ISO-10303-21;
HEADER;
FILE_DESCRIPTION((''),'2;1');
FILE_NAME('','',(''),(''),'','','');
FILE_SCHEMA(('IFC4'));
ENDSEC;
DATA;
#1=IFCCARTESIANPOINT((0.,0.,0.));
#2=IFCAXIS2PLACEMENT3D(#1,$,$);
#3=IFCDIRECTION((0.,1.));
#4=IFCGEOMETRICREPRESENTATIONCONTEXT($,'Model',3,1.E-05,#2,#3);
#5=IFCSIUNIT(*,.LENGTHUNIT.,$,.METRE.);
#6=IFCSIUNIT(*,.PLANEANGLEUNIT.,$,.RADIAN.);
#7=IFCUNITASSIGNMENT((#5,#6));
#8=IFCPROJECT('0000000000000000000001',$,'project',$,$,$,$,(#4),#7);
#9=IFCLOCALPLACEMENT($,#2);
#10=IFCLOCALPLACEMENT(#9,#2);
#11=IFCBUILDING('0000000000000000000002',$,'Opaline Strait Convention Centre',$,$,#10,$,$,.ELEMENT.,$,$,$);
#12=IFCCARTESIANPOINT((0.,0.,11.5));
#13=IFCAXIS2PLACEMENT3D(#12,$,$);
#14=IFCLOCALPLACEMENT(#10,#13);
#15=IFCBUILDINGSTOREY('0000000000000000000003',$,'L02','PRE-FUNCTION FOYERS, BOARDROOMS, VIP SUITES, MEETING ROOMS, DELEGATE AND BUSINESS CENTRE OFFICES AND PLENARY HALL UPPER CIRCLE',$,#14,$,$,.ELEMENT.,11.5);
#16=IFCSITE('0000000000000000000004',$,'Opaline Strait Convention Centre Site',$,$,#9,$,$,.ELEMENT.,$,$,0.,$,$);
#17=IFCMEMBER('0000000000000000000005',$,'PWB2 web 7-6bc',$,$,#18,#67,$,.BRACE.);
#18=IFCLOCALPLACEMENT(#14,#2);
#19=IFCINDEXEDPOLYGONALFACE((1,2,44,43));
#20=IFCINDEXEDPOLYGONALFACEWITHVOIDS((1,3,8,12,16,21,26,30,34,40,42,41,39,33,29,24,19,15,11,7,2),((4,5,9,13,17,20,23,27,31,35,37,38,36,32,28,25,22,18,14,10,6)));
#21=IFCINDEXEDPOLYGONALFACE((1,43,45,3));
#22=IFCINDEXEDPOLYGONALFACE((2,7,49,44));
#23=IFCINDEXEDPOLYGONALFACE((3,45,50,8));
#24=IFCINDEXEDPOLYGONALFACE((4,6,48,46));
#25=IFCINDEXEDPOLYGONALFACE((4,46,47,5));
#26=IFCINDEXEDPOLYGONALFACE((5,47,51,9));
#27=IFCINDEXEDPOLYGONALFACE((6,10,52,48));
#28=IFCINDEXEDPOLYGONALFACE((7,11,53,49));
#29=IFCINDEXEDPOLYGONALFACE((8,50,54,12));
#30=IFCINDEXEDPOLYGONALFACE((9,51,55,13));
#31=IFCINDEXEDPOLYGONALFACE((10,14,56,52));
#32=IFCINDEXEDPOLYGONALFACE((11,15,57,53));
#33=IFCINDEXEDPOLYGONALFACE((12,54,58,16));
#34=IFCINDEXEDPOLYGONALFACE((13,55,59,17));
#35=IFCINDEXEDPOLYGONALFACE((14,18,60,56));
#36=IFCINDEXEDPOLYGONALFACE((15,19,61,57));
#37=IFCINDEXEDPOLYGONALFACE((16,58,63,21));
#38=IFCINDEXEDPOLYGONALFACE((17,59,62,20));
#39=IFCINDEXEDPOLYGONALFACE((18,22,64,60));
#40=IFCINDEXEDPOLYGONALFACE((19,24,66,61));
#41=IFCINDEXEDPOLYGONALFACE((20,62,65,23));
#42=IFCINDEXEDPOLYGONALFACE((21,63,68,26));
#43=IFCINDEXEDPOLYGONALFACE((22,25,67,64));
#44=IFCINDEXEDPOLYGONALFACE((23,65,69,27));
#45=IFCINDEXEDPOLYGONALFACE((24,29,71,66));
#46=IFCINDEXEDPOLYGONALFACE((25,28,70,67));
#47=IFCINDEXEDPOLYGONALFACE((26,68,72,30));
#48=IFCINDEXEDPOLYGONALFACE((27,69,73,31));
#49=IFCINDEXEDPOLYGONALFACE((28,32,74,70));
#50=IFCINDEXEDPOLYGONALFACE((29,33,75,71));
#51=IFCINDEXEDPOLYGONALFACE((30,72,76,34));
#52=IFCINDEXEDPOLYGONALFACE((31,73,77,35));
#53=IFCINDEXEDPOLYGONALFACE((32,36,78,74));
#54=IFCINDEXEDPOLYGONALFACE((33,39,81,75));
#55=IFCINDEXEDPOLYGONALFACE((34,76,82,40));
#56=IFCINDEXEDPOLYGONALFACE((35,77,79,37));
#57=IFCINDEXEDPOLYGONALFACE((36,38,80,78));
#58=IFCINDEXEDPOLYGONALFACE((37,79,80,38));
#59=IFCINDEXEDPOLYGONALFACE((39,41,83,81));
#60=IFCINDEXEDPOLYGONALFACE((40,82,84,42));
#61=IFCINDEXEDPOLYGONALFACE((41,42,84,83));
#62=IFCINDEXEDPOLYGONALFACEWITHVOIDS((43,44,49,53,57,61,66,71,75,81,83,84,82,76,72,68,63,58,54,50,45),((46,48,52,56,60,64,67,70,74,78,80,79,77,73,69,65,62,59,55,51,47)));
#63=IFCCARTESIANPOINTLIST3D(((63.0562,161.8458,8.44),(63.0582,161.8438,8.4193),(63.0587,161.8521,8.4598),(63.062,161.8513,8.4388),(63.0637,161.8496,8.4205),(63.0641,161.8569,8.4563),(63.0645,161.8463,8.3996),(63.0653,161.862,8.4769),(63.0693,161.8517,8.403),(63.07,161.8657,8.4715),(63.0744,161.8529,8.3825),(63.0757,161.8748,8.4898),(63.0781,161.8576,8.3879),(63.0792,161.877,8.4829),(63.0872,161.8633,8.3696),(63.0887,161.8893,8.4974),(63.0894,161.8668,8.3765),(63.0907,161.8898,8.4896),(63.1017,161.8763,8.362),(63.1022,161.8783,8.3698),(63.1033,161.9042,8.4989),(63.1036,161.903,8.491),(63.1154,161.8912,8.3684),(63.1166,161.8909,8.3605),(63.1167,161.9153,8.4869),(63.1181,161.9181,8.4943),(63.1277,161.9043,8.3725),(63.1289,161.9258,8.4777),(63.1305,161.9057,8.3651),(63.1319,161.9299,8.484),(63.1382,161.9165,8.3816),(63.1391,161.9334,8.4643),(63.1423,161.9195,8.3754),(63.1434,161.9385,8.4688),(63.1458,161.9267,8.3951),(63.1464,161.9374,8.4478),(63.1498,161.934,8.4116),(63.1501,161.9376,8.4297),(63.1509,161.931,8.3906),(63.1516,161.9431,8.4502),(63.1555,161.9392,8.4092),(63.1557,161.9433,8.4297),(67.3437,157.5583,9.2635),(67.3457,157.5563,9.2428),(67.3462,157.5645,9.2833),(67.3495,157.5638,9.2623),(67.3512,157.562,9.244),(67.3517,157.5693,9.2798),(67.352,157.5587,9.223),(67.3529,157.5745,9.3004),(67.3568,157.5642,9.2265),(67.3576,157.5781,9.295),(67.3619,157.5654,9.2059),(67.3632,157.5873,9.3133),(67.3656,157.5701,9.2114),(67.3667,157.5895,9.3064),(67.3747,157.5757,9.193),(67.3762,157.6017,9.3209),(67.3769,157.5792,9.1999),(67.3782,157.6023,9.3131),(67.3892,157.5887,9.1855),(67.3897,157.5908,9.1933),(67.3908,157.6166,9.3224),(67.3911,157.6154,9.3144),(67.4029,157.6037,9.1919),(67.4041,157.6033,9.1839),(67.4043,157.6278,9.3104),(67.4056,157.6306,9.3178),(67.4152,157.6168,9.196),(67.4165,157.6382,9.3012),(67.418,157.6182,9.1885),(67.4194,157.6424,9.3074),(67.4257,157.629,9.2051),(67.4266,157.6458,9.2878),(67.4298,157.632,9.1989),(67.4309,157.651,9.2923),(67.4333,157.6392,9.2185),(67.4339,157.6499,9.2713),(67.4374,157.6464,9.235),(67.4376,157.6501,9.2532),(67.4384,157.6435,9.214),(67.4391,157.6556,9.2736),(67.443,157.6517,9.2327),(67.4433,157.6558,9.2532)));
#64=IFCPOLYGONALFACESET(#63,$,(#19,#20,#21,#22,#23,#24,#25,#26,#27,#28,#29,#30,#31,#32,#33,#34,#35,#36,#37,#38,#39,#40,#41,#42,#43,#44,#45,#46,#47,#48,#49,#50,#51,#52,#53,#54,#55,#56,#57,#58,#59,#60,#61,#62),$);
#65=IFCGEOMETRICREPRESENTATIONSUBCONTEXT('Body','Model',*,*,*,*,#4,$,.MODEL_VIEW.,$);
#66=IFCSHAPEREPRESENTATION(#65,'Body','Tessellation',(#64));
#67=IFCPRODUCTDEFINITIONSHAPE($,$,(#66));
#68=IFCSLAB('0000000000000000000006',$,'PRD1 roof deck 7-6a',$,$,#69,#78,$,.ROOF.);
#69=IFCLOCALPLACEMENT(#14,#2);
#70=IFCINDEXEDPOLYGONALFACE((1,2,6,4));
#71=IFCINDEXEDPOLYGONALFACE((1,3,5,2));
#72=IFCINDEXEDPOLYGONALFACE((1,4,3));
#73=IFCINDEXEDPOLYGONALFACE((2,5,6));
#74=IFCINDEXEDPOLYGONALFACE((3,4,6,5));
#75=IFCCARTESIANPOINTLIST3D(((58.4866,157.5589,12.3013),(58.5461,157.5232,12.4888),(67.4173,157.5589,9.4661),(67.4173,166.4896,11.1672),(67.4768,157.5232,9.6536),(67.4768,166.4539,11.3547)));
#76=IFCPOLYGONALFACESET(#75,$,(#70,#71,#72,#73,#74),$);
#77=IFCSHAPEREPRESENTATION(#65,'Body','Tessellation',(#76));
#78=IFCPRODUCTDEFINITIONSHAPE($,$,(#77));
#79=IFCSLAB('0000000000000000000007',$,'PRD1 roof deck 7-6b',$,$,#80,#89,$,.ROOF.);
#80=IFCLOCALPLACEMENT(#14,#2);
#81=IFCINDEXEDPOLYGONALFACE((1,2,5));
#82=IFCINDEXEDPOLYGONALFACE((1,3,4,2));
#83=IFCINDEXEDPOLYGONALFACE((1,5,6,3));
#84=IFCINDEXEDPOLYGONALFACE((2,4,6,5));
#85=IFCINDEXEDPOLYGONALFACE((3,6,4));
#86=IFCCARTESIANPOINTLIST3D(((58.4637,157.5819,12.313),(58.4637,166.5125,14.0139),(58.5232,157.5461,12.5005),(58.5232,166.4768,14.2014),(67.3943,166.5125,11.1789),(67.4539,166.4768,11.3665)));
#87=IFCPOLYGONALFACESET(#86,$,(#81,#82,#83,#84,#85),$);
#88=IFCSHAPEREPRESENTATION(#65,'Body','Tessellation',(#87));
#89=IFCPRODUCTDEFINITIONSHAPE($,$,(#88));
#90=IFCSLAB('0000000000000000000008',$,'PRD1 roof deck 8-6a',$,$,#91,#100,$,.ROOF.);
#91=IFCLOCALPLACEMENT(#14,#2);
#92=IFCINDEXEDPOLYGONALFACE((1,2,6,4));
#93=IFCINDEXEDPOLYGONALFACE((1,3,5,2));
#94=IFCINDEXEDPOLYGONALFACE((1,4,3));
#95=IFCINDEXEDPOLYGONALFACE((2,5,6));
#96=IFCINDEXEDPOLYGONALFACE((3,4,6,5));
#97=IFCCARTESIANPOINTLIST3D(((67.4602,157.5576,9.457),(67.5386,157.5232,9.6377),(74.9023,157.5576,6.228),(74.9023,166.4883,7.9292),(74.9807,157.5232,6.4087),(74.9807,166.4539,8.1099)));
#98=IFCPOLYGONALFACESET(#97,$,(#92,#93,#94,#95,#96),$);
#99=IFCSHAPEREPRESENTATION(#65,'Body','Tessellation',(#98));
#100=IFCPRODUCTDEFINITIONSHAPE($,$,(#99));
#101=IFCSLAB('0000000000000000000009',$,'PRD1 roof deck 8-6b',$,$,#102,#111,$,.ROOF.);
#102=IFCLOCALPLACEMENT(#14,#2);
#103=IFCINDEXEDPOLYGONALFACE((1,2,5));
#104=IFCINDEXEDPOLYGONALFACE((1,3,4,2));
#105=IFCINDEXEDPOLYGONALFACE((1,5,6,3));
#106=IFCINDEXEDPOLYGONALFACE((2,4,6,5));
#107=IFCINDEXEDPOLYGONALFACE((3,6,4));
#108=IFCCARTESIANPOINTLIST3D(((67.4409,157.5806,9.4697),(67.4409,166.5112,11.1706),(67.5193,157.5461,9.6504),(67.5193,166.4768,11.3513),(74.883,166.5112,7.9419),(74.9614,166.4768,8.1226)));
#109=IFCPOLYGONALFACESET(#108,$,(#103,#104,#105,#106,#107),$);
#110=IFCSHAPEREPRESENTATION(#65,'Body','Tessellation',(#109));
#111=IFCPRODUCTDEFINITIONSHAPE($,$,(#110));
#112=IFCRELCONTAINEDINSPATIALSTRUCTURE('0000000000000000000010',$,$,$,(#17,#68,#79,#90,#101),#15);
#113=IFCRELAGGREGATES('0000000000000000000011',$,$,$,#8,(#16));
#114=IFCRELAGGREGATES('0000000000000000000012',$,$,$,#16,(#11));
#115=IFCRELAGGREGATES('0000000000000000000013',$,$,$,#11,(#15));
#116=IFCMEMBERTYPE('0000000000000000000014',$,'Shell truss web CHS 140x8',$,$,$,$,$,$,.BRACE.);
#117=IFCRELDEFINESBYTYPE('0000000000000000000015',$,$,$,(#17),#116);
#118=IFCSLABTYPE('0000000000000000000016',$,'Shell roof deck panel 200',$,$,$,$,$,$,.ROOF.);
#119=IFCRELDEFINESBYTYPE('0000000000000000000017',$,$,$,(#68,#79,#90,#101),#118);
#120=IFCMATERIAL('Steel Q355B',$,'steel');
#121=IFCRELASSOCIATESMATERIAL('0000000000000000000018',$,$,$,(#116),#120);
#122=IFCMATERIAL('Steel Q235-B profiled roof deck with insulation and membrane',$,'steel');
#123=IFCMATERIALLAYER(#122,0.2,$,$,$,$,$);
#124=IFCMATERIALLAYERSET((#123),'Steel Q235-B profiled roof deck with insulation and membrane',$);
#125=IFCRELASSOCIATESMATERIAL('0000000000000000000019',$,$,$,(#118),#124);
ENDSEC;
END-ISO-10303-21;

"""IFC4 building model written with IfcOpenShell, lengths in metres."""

from ifc_helpers import new_model, si_unit, direction, frame, origin, origin_2d, place, context, subcontext, project, spatial, polyline, hollow_circle, outline, extrude, material, layer, layer_set, material_profile, profile_set, type_object, element, save


model = new_model("IFC4")

# Units and contexts
model_context = context("Model", 3, precision=1e-05, world=origin(), true_north=direction((0.0, 1.0)))
body_context = subcontext(model_context, "Body", "Model", "MODEL_VIEW")
ifc_project = project(units=[si_unit("LENGTHUNIT", "METRE"), si_unit("PLANEANGLEUNIT", "RADIAN")], contexts=[model_context])

# Site, building, storey
site_placement = place(None, origin())
site = spatial("IfcSite", under=ifc_project, at=site_placement, Name="Opaline Strait Convention Centre Site", CompositionType="ELEMENT", RefElevation=0.0)
building_placement = place(site_placement, origin())
building = spatial("IfcBuilding", under=site, at=building_placement, Name="Opaline Strait Convention Centre", CompositionType="ELEMENT")
storey_placement = place(building_placement, frame((0.0, 0.0, 11.5)))
storey = spatial("IfcBuildingStorey", under=building, at=storey_placement, Name="L02", Description="PRE-FUNCTION FOYERS, BOARDROOMS, VIP SUITES, MEETING ROOMS, DELEGATE AND BUSINESS CENTRE OFFICES AND PLENARY HALL UPPER CIRCLE", CompositionType="ELEMENT", Elevation=11.5)

# Member
ifc_material_1 = material(Name="Steel Q355B", Category="steel")
ifc_material_profile_1 = material_profile(ifc_material_1, hollow_circle(Radius=0.0701, WallThickness=0.0081, at=origin_2d()), Name="CHS 140x8")
ifc_profile_set_1 = profile_set([ifc_material_profile_1], Name="Steel Q355B")
member_type_1 = type_object("IfcMemberType", Name="Shell truss web CHS 140x8", PredefinedType="BRACE", material=ifc_profile_set_1)
member_1_placement = place(storey_placement, frame((63.1062, 161.8938, 8.4297), z_axis=(0.700675, -0.700675, 0.134573), x_axis=(0.707107, 0.707107, 0.0)))
element("IfcMember", 1, at=member_1_placement, inside=storey, type_object=member_type_1, Name="PWB2 web 7-6bc", PredefinedType="BRACE", context=body_context, shape_type="SweptSolid", body=[
    extrude(hollow_circle(Radius=0.0701, WallThickness=0.0081, at=origin_2d()), origin(), (0.0, 0.0, 1.0), 6.1191),
])

# Slabs
ifc_material_2 = material(Name="Steel Q235-B profiled roof deck with insulation and membrane", Category="steel")
ifc_layer = layer(ifc_material_2, 0.2)
ifc_layer_set = layer_set([ifc_layer], Name="Steel Q235-B profiled roof deck with insulation and membrane")
slab_type = type_object("IfcSlabType", Name="Shell roof deck panel 200", PredefinedType="ROOF", material=ifc_layer_set)
slab_1_placement = place(storey_placement, frame((58.5461, 157.5232, 12.4888), z_axis=(0.297719, -0.178637, 0.937791), x_axis=(0.953122, 0.0, -0.302586)))
element("IfcSlab", 2, at=slab_1_placement, inside=storey, type_object=slab_type, Name="PRD1 roof deck 7-6a", PredefinedType="ROOF", context=body_context, shape_type="SweptSolid", body=[
    extrude(outline(polyline([(0.0, 0.0), (9.3699, 0.0), (8.8552, 9.0767), (0.0, 0.0)])), origin(), (0.0, 0.0, -1.0), 0.2),
])
slab_2_placement = place(storey_placement, frame((58.5232, 157.5461, 12.5005), z_axis=(0.297697, -0.178613, 0.937803), x_axis=(0.704273, 0.704273, -0.08943)))
element("IfcSlab", 3, at=slab_2_placement, inside=storey, type_object=slab_type, Name="PRD1 roof deck 7-6b", PredefinedType="ROOF", context=body_context, shape_type="SweptSolid", body=[
    extrude(outline(polyline([(0.0, 0.0), (12.6807, 0.0), (6.1375, 6.7068), (0.0, 0.0)])), origin(), (0.0, 0.0, -1.0), 0.2),
])
slab_3_placement = place(storey_placement, frame((67.5386, 157.5232, 9.6377), z_axis=(0.392089, -0.172139, 0.903678), x_axis=(0.917372, 0.0, -0.398031)))
element("IfcSlab", 4, at=slab_3_placement, inside=storey, type_object=slab_type, Name="PRD1 roof deck 8-6a", PredefinedType="ROOF", context=body_context, shape_type="SweptSolid", body=[
    extrude(outline(polyline([(0.0, 0.0), (8.1125, 0.0), (7.4353, 9.066), (0.0, 0.0)])), origin(), (0.0, 0.0, -1.0), 0.2),
])
slab_4_placement = place(storey_placement, frame((67.5193, 157.5461, 9.6504), z_axis=(0.392066, -0.172117, 0.903693), x_axis=(0.634722, 0.761675, -0.130305)))
element("IfcSlab", 5, at=slab_4_placement, inside=storey, type_object=slab_type, Name="PRD1 roof deck 8-6b", PredefinedType="ROOF", context=body_context, shape_type="SweptSolid", body=[
    extrude(outline(polyline([(0.0, 0.0), (11.725, 0.0), (6.5806, 6.2726), (0.0, 0.0)])), origin(), (0.0, 0.0, -1.0), 0.2),
])

save(model, "model.ifc")
